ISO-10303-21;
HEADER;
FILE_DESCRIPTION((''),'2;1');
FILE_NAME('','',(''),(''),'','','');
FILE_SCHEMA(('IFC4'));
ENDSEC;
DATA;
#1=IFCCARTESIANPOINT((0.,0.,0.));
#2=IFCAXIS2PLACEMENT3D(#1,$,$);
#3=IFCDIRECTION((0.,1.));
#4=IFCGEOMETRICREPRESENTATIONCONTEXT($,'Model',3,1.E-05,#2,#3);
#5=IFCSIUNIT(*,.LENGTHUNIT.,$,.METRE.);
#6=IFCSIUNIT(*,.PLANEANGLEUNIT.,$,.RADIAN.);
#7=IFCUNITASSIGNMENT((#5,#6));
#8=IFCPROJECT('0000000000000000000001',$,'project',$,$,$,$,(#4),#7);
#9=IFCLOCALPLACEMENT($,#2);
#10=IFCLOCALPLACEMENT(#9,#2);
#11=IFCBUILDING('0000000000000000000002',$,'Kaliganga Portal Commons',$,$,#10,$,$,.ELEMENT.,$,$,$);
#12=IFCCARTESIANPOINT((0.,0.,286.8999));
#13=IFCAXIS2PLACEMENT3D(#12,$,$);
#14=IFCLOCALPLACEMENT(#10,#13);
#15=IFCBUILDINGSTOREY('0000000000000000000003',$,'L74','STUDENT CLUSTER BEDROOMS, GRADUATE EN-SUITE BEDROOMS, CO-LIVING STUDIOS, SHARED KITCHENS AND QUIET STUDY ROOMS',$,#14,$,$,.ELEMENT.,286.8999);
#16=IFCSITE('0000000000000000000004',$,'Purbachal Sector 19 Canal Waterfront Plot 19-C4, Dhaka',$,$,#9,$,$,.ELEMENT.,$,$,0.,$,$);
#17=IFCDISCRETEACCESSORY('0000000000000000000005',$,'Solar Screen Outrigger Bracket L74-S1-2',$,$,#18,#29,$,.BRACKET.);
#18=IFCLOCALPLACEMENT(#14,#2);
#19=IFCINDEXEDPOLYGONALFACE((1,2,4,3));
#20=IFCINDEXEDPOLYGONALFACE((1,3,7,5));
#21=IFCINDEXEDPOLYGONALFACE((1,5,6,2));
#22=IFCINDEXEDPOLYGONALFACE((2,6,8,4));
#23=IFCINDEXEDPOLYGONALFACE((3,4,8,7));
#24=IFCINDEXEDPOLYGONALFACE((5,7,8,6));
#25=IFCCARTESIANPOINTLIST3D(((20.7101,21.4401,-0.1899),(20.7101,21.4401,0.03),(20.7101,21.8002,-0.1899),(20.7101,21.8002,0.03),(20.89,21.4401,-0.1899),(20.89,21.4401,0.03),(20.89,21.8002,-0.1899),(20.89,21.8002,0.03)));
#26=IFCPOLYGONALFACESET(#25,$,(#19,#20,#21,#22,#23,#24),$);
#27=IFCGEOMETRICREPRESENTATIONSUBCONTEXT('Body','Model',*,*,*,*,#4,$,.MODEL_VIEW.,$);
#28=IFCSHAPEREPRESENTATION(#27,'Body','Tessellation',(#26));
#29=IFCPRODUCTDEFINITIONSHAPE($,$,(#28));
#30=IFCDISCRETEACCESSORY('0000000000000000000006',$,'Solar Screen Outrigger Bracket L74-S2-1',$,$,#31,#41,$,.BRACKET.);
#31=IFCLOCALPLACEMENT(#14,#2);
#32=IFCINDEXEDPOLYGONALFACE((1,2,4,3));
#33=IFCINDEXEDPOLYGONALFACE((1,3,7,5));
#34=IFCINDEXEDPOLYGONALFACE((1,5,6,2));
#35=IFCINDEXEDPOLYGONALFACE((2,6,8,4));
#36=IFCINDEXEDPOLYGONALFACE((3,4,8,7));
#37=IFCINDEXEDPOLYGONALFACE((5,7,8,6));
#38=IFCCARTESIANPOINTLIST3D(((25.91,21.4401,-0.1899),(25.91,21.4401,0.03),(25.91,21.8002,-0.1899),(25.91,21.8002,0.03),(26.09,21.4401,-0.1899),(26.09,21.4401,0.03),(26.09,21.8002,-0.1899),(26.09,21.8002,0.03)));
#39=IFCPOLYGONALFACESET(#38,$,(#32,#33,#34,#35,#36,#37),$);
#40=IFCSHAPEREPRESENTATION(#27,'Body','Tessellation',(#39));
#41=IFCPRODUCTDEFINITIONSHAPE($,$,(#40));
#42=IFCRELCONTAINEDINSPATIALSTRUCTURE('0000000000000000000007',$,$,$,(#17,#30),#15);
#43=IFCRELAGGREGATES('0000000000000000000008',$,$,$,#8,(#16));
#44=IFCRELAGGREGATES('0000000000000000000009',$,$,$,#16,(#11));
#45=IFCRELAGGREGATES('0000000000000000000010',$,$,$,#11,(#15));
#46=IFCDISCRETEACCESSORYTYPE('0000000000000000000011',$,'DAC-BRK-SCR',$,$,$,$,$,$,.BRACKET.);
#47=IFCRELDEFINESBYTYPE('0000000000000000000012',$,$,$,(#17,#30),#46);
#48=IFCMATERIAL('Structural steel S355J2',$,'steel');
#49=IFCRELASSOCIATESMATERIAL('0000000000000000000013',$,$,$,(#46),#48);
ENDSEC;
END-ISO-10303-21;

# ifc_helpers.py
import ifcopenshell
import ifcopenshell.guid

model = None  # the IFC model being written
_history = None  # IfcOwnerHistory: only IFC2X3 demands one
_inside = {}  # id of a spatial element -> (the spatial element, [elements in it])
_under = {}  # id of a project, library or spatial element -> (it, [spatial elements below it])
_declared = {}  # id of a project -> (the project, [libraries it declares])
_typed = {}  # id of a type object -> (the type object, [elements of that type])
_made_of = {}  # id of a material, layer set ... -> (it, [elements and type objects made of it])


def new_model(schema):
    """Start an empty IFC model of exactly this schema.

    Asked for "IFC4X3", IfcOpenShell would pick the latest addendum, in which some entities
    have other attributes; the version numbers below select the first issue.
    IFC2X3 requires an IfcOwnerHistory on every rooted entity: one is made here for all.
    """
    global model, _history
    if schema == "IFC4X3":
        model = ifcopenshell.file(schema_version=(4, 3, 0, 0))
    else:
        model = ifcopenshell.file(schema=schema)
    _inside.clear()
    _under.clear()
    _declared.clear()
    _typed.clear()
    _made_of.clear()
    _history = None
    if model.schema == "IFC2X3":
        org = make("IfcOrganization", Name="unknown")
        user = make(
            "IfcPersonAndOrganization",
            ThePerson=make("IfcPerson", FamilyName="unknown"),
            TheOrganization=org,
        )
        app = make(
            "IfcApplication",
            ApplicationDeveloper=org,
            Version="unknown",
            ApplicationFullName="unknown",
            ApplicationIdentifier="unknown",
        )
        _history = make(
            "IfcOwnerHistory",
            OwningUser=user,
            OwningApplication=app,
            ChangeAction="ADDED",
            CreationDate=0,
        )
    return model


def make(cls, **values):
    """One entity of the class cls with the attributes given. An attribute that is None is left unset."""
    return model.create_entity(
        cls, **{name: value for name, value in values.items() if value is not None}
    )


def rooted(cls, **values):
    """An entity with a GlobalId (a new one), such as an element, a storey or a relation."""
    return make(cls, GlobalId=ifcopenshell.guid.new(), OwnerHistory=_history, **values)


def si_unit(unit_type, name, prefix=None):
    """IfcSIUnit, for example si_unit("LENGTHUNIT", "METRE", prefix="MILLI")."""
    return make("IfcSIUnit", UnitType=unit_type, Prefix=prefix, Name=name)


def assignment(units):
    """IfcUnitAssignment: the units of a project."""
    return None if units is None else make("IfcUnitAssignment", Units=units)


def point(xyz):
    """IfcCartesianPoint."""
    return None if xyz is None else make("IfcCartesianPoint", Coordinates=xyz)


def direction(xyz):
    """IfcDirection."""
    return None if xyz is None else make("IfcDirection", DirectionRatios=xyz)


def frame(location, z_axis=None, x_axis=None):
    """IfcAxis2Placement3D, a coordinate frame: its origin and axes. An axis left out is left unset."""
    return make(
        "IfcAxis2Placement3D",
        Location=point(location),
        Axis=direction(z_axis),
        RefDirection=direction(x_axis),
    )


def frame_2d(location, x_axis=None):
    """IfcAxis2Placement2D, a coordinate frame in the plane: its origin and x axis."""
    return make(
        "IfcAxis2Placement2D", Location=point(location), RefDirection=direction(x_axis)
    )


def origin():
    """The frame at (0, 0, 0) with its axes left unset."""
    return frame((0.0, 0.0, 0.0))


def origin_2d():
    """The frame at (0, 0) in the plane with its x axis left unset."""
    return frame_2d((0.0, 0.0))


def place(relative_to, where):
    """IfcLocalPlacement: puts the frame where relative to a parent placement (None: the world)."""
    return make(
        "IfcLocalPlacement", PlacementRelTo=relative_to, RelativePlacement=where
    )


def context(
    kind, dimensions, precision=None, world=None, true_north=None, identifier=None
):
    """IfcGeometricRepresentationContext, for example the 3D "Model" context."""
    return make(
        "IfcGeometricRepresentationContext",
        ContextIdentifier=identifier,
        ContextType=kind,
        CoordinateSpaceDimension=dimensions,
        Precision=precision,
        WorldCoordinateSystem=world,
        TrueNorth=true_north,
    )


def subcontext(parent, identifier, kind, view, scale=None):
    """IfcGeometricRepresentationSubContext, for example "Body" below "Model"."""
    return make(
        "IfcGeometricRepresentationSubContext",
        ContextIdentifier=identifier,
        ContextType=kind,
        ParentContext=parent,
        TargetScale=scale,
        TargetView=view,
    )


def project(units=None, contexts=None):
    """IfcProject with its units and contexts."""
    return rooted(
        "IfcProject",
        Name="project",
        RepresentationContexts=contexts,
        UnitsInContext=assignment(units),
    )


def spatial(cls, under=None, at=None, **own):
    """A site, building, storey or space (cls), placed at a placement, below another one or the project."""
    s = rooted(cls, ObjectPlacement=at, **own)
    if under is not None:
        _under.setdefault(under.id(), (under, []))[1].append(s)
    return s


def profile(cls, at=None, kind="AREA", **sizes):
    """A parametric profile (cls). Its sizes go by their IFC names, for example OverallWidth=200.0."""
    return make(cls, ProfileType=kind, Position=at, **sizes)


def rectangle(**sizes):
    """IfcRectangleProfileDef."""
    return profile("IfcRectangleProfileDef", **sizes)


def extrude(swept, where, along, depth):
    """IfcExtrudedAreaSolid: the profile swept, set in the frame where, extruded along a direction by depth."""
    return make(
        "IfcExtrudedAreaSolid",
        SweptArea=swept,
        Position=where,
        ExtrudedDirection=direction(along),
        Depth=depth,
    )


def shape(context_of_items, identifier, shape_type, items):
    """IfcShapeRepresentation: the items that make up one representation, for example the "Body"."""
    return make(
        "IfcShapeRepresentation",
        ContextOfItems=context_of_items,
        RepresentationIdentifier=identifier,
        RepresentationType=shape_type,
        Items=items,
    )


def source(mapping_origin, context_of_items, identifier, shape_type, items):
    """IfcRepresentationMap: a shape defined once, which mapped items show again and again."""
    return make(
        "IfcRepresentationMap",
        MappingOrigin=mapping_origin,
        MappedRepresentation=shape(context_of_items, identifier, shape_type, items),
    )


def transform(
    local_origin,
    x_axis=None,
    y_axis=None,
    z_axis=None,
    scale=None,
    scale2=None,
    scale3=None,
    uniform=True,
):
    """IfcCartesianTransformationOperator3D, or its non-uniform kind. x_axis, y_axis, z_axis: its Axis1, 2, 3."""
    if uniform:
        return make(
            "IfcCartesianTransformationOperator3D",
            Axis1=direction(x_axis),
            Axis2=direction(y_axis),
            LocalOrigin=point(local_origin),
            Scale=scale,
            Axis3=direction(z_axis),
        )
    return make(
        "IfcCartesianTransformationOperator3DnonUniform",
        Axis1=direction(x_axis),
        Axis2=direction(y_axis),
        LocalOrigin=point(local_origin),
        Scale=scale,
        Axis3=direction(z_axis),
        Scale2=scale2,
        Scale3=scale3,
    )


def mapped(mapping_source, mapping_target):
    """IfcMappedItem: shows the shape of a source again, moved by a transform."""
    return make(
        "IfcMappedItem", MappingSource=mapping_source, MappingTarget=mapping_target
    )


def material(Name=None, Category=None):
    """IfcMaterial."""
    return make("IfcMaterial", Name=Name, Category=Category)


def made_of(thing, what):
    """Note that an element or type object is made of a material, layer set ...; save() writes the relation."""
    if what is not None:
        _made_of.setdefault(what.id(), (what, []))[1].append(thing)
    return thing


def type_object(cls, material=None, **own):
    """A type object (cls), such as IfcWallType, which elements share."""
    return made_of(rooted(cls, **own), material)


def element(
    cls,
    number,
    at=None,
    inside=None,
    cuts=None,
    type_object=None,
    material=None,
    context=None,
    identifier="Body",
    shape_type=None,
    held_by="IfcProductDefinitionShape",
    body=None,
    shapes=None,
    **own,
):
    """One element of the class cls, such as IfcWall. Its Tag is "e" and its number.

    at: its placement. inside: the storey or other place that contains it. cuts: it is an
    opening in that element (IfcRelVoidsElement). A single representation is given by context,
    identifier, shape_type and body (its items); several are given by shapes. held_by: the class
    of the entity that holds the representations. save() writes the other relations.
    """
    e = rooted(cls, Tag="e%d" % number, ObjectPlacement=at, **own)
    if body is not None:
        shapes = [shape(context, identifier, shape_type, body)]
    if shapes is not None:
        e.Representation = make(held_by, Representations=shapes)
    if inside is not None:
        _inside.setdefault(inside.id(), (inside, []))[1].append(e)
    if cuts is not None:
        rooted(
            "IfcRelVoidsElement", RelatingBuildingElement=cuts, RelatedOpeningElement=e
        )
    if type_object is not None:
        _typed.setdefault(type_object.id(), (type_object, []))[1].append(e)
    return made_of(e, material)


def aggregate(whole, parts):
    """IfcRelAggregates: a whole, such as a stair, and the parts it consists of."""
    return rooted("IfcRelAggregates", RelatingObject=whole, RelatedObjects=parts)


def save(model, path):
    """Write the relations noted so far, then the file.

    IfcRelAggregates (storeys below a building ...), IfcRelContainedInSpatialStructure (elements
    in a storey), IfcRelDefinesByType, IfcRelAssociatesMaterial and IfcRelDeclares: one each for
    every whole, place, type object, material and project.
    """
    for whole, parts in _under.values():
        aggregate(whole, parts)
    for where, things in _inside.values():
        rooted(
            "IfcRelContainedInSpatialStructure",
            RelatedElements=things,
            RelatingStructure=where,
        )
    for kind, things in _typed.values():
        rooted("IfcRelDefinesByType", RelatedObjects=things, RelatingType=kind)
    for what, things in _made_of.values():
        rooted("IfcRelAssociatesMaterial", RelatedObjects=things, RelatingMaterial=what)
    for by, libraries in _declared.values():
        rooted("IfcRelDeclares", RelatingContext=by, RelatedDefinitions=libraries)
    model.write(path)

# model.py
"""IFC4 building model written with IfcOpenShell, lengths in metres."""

from ifc_helpers import new_model, si_unit, direction, frame, origin, origin_2d, place, context, subcontext, project, spatial, rectangle, extrude, source, transform, mapped, material, type_object, element, save


model = new_model("IFC4")

# Units and contexts
model_context = context("Model", 3, precision=1e-05, world=origin(), true_north=direction((0.0, 1.0)))
body_context = subcontext(model_context, "Body", "Model", "MODEL_VIEW")
ifc_project = project(units=[si_unit("LENGTHUNIT", "METRE"), si_unit("PLANEANGLEUNIT", "RADIAN")], contexts=[model_context])

# Site, building, storey
site_placement = place(None, origin())
site = spatial("IfcSite", under=ifc_project, at=site_placement, Name="Purbachal Sector 19 Canal Waterfront Plot 19-C4, Dhaka", CompositionType="ELEMENT", RefElevation=0.0)
building_placement = place(site_placement, origin())
building = spatial("IfcBuilding", under=site, at=building_placement, Name="Kaliganga Portal Commons", CompositionType="ELEMENT")
storey_placement = place(building_placement, frame((0.0, 0.0, 286.8999)))
storey = spatial("IfcBuildingStorey", under=building, at=storey_placement, Name="L74", Description="STUDENT CLUSTER BEDROOMS, GRADUATE EN-SUITE BEDROOMS, CO-LIVING STUDIOS, SHARED KITCHENS AND QUIET STUDY ROOMS", CompositionType="ELEMENT", Elevation=286.8999)

# Shared definitions
ifc_material_1 = material(Name="Structural steel S355J2", Category="steel")

# Discrete accessories
discrete_accessory_type = type_object("IfcDiscreteAccessoryType", Name="DAC-BRK-SCR", PredefinedType="BRACKET", material=ifc_material_1)
shared_shape_1 = source(origin(), body_context, "Body", "SweptSolid", [
    extrude(rectangle(XDim=0.1799, YDim=0.3601, at=origin_2d()), origin(), (0.0, 0.0, 1.0), 0.22),
])
for number, where, z_axis, x_axis, name in (
    (1, (20.8, 21.6201, -0.1899), (0.0, 0.0, 1.0), (1.0, 0.0, 0.0), "Solar Screen Outrigger Bracket L74-S1-2"),
    (2, (26.0, 21.6201, -0.1899), (0.0, 0.0, 1.0), (1.0, 0.0, 0.0), "Solar Screen Outrigger Bracket L74-S2-1"),
):
    element("IfcDiscreteAccessory", number, at=place(storey_placement, frame(where, z_axis=z_axis, x_axis=x_axis)), inside=storey, type_object=discrete_accessory_type, Name=name, PredefinedType="BRACKET", context=body_context, shape_type="MappedRepresentation", body=[
        mapped(shared_shape_1, transform((0.0, 0.0, 0.0), x_axis=(1.0, 0.0, 0.0), y_axis=(0.0, 1.0, 0.0), z_axis=(0.0, 0.0, 1.0), scale=1.0)),
    ])

save(model, "model.ifc")
